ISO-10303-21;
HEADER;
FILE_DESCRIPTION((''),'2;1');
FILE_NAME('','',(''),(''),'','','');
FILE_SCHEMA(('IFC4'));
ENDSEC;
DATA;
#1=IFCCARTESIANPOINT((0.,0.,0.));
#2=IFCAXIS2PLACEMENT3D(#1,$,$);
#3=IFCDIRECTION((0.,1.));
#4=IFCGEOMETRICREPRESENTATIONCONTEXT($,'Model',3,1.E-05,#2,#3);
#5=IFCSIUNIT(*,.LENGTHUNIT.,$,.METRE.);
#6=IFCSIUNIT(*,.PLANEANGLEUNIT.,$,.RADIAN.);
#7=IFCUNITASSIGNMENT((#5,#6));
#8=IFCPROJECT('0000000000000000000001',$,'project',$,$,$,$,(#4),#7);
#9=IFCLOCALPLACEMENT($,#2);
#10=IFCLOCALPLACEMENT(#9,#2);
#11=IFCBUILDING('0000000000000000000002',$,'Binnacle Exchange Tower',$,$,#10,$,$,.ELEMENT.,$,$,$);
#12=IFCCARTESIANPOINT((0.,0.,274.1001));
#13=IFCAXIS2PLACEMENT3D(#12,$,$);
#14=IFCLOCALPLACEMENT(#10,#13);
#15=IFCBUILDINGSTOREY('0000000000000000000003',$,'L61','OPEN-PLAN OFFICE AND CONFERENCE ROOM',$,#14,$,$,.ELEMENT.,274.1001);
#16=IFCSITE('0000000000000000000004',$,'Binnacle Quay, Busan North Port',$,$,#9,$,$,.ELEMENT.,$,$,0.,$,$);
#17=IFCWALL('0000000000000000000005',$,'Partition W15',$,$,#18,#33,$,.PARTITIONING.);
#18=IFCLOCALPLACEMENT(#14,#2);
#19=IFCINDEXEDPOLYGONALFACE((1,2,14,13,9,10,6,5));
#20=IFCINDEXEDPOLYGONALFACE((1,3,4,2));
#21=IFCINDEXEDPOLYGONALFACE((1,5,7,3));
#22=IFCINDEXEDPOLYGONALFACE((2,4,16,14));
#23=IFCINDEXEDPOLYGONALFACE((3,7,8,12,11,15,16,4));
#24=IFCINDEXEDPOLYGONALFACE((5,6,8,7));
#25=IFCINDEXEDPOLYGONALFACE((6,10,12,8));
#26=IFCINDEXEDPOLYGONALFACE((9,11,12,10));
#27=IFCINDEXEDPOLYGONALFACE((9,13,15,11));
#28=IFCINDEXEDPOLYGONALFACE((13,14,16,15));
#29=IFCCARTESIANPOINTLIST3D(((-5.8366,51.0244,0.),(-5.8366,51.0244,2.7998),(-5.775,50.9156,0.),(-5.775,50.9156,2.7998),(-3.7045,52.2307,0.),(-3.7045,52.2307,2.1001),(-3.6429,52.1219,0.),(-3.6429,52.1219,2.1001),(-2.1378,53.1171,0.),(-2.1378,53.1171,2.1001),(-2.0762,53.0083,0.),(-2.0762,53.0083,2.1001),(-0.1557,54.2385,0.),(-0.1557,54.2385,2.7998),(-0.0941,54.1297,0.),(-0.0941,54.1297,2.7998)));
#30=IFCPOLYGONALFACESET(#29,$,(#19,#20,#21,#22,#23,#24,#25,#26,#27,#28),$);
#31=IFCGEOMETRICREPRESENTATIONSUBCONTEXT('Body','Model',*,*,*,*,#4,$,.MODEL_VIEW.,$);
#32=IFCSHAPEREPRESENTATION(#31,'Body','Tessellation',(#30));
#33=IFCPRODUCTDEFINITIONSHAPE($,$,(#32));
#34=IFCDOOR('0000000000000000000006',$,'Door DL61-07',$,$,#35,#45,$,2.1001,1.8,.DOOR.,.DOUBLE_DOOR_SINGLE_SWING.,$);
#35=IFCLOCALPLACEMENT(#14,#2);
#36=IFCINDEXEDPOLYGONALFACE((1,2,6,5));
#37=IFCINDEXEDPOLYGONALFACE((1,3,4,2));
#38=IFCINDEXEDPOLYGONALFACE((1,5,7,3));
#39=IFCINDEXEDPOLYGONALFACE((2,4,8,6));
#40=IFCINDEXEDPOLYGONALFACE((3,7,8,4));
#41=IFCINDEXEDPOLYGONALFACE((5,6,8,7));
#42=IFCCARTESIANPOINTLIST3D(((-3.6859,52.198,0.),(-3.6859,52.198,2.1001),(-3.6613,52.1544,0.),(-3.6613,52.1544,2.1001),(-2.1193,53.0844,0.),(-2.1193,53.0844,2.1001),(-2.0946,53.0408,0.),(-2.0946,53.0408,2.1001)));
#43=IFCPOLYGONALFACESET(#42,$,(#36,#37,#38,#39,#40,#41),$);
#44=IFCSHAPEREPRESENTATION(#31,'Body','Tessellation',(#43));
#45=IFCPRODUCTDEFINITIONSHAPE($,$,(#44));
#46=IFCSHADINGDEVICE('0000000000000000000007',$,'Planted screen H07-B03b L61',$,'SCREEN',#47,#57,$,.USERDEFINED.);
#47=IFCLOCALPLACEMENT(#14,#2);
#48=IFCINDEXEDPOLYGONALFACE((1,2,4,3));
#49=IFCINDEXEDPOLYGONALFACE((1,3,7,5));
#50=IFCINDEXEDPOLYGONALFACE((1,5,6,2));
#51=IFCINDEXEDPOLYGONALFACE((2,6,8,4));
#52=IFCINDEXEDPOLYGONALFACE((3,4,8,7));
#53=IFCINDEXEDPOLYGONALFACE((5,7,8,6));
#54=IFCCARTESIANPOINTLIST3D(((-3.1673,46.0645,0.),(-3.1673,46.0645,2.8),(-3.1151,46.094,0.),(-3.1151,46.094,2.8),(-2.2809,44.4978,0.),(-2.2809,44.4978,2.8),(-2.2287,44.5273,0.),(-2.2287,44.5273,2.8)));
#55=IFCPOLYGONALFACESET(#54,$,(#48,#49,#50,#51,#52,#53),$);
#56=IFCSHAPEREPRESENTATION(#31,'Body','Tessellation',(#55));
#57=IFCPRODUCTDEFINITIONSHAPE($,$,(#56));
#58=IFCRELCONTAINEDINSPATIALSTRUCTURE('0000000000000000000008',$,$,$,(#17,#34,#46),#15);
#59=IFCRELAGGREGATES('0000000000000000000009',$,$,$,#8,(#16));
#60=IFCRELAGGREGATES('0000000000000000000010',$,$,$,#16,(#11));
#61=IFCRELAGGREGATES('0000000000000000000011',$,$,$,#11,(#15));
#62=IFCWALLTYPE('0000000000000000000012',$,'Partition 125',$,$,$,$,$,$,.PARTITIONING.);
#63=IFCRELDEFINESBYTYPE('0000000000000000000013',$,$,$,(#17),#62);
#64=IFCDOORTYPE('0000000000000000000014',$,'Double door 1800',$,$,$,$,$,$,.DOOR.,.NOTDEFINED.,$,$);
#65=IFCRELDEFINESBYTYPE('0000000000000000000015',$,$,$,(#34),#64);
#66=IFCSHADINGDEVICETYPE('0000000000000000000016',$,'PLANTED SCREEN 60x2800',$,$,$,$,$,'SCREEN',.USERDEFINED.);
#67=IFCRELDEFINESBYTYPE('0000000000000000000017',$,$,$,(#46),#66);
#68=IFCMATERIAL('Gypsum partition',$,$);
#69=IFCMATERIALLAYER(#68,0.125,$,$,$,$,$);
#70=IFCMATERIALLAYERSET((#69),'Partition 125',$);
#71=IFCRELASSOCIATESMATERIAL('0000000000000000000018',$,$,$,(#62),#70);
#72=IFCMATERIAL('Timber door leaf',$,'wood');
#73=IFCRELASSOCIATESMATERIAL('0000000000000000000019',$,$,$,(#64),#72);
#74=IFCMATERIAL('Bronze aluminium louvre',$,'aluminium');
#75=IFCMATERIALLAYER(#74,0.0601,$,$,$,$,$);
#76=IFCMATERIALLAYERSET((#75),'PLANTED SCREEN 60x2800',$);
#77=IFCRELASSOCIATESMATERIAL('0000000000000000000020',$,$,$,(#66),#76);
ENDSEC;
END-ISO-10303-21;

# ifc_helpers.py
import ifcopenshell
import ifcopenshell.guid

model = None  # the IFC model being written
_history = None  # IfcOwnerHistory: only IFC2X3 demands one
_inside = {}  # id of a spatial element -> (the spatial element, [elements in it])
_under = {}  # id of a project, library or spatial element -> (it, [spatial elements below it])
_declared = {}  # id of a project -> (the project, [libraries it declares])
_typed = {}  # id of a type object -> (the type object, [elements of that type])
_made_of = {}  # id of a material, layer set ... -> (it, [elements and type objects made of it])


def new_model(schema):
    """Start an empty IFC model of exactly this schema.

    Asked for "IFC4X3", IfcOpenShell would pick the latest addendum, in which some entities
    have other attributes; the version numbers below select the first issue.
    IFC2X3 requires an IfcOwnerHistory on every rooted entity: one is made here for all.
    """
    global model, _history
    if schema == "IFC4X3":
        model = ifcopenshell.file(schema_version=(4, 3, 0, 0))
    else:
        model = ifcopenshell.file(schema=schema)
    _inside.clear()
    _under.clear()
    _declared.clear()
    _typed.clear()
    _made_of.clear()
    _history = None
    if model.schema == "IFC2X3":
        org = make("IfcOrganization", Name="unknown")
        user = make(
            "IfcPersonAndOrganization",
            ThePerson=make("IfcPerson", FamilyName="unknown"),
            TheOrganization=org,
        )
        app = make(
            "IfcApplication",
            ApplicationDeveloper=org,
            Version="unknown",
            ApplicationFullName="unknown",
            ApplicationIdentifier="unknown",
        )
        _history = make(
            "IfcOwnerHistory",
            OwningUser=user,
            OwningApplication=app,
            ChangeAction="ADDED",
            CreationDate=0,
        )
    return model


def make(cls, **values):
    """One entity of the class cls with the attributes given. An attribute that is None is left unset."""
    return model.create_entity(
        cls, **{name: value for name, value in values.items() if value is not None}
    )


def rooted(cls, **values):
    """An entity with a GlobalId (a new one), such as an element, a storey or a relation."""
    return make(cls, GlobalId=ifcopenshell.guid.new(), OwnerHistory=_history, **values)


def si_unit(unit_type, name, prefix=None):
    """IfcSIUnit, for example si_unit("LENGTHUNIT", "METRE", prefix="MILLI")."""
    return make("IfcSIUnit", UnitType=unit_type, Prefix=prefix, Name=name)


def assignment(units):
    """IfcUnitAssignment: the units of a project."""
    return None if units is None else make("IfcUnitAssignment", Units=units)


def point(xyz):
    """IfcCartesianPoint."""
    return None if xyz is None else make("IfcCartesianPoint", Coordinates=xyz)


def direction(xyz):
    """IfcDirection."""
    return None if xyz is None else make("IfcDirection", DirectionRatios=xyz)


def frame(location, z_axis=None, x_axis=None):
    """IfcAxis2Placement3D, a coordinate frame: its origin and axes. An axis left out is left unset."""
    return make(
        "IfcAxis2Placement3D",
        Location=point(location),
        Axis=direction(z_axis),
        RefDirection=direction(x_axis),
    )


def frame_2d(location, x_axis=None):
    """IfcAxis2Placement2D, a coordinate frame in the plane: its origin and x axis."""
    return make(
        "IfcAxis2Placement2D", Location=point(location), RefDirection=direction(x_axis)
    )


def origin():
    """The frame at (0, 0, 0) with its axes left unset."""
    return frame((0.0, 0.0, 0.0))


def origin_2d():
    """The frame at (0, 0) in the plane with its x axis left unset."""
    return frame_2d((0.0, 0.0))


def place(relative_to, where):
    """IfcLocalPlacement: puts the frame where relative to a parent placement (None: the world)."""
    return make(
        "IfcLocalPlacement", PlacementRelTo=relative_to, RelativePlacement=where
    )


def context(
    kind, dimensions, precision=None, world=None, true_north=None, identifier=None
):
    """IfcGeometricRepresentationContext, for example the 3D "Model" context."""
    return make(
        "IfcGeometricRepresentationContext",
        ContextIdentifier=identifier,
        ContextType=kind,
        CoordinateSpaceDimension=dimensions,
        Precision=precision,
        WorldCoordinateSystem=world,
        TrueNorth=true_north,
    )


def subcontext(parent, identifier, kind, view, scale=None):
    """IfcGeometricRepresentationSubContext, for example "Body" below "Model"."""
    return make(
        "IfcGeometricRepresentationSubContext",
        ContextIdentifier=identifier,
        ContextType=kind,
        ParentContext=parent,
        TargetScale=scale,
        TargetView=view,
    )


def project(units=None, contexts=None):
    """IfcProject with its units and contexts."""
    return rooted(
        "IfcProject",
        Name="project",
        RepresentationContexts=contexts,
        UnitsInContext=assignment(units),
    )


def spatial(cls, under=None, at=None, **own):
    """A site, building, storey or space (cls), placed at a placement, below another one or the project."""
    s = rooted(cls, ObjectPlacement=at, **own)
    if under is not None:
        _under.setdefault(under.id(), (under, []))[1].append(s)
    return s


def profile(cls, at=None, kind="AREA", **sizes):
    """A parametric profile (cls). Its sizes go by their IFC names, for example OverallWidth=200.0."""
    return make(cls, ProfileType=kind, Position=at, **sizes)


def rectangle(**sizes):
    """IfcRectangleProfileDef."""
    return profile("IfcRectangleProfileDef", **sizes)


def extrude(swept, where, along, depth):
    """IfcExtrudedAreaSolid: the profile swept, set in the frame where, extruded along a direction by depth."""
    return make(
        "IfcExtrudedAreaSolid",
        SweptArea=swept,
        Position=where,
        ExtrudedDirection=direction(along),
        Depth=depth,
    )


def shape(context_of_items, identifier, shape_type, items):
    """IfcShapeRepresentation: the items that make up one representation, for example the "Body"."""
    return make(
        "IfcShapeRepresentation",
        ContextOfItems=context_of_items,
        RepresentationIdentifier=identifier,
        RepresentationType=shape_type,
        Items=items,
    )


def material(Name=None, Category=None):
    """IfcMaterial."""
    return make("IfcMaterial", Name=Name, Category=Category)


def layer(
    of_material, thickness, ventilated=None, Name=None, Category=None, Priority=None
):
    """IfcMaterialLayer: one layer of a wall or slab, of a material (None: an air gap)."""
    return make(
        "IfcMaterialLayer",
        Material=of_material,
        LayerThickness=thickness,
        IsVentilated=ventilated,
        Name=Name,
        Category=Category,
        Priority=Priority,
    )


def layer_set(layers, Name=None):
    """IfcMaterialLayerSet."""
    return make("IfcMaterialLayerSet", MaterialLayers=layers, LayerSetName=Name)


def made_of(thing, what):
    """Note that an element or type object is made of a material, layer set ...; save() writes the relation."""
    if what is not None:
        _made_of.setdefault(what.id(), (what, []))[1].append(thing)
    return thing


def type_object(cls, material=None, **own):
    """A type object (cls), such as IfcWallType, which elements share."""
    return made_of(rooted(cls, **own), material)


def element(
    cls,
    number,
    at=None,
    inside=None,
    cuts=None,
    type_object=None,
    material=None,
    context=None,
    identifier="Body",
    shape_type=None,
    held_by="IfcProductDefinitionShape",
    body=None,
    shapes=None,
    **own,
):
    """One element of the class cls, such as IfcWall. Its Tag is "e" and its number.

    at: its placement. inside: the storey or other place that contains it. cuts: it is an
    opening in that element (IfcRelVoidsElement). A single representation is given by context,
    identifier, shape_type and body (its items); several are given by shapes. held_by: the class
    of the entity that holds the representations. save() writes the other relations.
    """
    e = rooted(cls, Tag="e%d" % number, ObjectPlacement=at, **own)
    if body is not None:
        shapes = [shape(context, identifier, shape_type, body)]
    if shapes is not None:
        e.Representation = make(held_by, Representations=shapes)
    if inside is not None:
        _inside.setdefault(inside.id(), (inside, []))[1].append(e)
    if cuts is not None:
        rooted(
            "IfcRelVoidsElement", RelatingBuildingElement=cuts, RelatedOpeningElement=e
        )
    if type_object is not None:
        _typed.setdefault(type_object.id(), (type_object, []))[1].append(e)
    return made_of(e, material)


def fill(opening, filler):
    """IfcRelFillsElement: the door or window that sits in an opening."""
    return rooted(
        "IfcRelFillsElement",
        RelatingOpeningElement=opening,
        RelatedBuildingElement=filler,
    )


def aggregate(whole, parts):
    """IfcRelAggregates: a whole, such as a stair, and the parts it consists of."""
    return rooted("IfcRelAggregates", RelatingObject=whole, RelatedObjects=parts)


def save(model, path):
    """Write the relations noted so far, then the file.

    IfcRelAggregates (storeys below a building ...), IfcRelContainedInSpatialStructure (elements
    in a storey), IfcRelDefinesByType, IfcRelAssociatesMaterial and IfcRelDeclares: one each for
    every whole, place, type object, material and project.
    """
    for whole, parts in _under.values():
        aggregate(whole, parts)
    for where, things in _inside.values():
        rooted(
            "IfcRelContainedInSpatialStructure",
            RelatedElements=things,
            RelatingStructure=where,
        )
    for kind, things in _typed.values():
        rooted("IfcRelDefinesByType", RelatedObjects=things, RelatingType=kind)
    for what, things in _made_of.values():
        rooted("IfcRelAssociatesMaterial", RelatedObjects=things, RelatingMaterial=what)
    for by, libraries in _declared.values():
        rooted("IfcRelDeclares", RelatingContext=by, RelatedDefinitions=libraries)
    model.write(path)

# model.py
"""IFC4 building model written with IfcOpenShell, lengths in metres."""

from ifc_helpers import new_model, si_unit, direction, frame, frame_2d, origin, origin_2d, place, context, subcontext, project, spatial, rectangle, extrude, material, layer, layer_set, type_object, element, fill, save


model = new_model("IFC4")

# Units and contexts
model_context = context("Model", 3, precision=1e-05, world=origin(), true_north=direction((0.0, 1.0)))
body_context = subcontext(model_context, "Body", "Model", "MODEL_VIEW")
ifc_project = project(units=[si_unit("LENGTHUNIT", "METRE"), si_unit("PLANEANGLEUNIT", "RADIAN")], contexts=[model_context])

# Site, building, storey
site_placement = place(None, origin())
site = spatial("IfcSite", under=ifc_project, at=site_placement, Name="Binnacle Quay, Busan North Port", CompositionType="ELEMENT", RefElevation=0.0)
building_placement = place(site_placement, origin())
building = spatial("IfcBuilding", under=site, at=building_placement, Name="Binnacle Exchange Tower", CompositionType="ELEMENT")
storey_placement = place(building_placement, frame((0.0, 0.0, 274.1001)))
storey = spatial("IfcBuildingStorey", under=building, at=storey_placement, Name="L61", Description="OPEN-PLAN OFFICE AND CONFERENCE ROOM", CompositionType="ELEMENT", Elevation=274.1001)

# Wall, opening, door
ifc_material_1 = material(Name="Gypsum partition")
ifc_layer_1 = layer(ifc_material_1, 0.125)
ifc_layer_set_1 = layer_set([ifc_layer_1], Name="Partition 125")
wall_type_1 = type_object("IfcWallType", Name="Partition 125", PredefinedType="PARTITIONING", material=ifc_layer_set_1)
wall_1_placement = place(storey_placement, frame((-5.8059, 50.97, 0.0), z_axis=(0.0, 0.0, 1.0), x_axis=(0.870355, 0.492425, 0.0)))
wall_1 = element("IfcWall", 1, at=wall_1_placement, inside=storey, type_object=wall_type_1, Name="Partition W15", PredefinedType="PARTITIONING", context=body_context, shape_type="SweptSolid", body=[
    extrude(rectangle(XDim=6.5271, YDim=0.125, at=frame_2d((3.2637, 0.0))), origin(), (0.0, 0.0, 1.0), 2.7998),
])
opening_1_placement = place(wall_1_placement, frame((2.45, 0.0, 0.0)))
opening_1 = element("IfcOpeningElement", 2, at=opening_1_placement, cuts=wall_1, PredefinedType="OPENING", context=body_context, shape_type="SweptSolid", body=[
    extrude(rectangle(XDim=1.8, YDim=2.1001, at=frame_2d((0.8999, 1.05))), frame((0.0, 0.0725, 0.0), z_axis=(0.0, -1.0, 0.0), x_axis=(1.0, 0.0, 0.0)), (0.0, 0.0, 1.0), 0.145),
])
ifc_material_2 = material(Name="Timber door leaf", Category="wood")
door_type_1 = type_object("IfcDoorType", Name="Double door 1800", OperationType="NOTDEFINED", PredefinedType="DOOR", material=ifc_material_2)
door_1_placement = place(opening_1_placement, origin())
door_1 = element("IfcDoor", 3, at=door_1_placement, inside=storey, type_object=door_type_1, Name="Door DL61-07", OperationType="DOUBLE_DOOR_SINGLE_SWING", OverallHeight=2.1001, OverallWidth=1.8, PredefinedType="DOOR", context=body_context, shape_type="SweptSolid", body=[
    extrude(rectangle(XDim=1.8, YDim=2.1001, at=frame_2d((0.8999, 1.05))), frame((0.0, 0.0249, 0.0), z_axis=(0.0, -1.0, 0.0), x_axis=(1.0, 0.0, 0.0)), (0.0, 0.0, 1.0), 0.05),
])
fill(opening_1, door_1)

# Shading device
ifc_material_3 = material(Name="Bronze aluminium louvre", Category="aluminium")
ifc_layer_2 = layer(ifc_material_3, 0.0601)
ifc_layer_set_2 = layer_set([ifc_layer_2], Name="PLANTED SCREEN 60x2800")
shading_device_type = type_object("IfcShadingDeviceType", Name="PLANTED SCREEN 60x2800", ElementType="SCREEN", PredefinedType="USERDEFINED", material=ifc_layer_set_2)
shading_device_placement = place(storey_placement, frame((-2.698, 45.2959, 0.0), z_axis=(0.0, 0.0, 1.0), x_axis=(0.870356, 0.492424, 0.0)))
element("IfcShadingDevice", 4, at=shading_device_placement, inside=storey, type_object=shading_device_type, Name="Planted screen H07-B03b L61", ObjectType="SCREEN", PredefinedType="USERDEFINED", context=body_context, shape_type="SweptSolid", body=[
    extrude(rectangle(XDim=0.0601, YDim=1.8, at=origin_2d()), origin(), (0.0, 0.0, 1.0), 2.8),
])

save(model, "model.ifc")
